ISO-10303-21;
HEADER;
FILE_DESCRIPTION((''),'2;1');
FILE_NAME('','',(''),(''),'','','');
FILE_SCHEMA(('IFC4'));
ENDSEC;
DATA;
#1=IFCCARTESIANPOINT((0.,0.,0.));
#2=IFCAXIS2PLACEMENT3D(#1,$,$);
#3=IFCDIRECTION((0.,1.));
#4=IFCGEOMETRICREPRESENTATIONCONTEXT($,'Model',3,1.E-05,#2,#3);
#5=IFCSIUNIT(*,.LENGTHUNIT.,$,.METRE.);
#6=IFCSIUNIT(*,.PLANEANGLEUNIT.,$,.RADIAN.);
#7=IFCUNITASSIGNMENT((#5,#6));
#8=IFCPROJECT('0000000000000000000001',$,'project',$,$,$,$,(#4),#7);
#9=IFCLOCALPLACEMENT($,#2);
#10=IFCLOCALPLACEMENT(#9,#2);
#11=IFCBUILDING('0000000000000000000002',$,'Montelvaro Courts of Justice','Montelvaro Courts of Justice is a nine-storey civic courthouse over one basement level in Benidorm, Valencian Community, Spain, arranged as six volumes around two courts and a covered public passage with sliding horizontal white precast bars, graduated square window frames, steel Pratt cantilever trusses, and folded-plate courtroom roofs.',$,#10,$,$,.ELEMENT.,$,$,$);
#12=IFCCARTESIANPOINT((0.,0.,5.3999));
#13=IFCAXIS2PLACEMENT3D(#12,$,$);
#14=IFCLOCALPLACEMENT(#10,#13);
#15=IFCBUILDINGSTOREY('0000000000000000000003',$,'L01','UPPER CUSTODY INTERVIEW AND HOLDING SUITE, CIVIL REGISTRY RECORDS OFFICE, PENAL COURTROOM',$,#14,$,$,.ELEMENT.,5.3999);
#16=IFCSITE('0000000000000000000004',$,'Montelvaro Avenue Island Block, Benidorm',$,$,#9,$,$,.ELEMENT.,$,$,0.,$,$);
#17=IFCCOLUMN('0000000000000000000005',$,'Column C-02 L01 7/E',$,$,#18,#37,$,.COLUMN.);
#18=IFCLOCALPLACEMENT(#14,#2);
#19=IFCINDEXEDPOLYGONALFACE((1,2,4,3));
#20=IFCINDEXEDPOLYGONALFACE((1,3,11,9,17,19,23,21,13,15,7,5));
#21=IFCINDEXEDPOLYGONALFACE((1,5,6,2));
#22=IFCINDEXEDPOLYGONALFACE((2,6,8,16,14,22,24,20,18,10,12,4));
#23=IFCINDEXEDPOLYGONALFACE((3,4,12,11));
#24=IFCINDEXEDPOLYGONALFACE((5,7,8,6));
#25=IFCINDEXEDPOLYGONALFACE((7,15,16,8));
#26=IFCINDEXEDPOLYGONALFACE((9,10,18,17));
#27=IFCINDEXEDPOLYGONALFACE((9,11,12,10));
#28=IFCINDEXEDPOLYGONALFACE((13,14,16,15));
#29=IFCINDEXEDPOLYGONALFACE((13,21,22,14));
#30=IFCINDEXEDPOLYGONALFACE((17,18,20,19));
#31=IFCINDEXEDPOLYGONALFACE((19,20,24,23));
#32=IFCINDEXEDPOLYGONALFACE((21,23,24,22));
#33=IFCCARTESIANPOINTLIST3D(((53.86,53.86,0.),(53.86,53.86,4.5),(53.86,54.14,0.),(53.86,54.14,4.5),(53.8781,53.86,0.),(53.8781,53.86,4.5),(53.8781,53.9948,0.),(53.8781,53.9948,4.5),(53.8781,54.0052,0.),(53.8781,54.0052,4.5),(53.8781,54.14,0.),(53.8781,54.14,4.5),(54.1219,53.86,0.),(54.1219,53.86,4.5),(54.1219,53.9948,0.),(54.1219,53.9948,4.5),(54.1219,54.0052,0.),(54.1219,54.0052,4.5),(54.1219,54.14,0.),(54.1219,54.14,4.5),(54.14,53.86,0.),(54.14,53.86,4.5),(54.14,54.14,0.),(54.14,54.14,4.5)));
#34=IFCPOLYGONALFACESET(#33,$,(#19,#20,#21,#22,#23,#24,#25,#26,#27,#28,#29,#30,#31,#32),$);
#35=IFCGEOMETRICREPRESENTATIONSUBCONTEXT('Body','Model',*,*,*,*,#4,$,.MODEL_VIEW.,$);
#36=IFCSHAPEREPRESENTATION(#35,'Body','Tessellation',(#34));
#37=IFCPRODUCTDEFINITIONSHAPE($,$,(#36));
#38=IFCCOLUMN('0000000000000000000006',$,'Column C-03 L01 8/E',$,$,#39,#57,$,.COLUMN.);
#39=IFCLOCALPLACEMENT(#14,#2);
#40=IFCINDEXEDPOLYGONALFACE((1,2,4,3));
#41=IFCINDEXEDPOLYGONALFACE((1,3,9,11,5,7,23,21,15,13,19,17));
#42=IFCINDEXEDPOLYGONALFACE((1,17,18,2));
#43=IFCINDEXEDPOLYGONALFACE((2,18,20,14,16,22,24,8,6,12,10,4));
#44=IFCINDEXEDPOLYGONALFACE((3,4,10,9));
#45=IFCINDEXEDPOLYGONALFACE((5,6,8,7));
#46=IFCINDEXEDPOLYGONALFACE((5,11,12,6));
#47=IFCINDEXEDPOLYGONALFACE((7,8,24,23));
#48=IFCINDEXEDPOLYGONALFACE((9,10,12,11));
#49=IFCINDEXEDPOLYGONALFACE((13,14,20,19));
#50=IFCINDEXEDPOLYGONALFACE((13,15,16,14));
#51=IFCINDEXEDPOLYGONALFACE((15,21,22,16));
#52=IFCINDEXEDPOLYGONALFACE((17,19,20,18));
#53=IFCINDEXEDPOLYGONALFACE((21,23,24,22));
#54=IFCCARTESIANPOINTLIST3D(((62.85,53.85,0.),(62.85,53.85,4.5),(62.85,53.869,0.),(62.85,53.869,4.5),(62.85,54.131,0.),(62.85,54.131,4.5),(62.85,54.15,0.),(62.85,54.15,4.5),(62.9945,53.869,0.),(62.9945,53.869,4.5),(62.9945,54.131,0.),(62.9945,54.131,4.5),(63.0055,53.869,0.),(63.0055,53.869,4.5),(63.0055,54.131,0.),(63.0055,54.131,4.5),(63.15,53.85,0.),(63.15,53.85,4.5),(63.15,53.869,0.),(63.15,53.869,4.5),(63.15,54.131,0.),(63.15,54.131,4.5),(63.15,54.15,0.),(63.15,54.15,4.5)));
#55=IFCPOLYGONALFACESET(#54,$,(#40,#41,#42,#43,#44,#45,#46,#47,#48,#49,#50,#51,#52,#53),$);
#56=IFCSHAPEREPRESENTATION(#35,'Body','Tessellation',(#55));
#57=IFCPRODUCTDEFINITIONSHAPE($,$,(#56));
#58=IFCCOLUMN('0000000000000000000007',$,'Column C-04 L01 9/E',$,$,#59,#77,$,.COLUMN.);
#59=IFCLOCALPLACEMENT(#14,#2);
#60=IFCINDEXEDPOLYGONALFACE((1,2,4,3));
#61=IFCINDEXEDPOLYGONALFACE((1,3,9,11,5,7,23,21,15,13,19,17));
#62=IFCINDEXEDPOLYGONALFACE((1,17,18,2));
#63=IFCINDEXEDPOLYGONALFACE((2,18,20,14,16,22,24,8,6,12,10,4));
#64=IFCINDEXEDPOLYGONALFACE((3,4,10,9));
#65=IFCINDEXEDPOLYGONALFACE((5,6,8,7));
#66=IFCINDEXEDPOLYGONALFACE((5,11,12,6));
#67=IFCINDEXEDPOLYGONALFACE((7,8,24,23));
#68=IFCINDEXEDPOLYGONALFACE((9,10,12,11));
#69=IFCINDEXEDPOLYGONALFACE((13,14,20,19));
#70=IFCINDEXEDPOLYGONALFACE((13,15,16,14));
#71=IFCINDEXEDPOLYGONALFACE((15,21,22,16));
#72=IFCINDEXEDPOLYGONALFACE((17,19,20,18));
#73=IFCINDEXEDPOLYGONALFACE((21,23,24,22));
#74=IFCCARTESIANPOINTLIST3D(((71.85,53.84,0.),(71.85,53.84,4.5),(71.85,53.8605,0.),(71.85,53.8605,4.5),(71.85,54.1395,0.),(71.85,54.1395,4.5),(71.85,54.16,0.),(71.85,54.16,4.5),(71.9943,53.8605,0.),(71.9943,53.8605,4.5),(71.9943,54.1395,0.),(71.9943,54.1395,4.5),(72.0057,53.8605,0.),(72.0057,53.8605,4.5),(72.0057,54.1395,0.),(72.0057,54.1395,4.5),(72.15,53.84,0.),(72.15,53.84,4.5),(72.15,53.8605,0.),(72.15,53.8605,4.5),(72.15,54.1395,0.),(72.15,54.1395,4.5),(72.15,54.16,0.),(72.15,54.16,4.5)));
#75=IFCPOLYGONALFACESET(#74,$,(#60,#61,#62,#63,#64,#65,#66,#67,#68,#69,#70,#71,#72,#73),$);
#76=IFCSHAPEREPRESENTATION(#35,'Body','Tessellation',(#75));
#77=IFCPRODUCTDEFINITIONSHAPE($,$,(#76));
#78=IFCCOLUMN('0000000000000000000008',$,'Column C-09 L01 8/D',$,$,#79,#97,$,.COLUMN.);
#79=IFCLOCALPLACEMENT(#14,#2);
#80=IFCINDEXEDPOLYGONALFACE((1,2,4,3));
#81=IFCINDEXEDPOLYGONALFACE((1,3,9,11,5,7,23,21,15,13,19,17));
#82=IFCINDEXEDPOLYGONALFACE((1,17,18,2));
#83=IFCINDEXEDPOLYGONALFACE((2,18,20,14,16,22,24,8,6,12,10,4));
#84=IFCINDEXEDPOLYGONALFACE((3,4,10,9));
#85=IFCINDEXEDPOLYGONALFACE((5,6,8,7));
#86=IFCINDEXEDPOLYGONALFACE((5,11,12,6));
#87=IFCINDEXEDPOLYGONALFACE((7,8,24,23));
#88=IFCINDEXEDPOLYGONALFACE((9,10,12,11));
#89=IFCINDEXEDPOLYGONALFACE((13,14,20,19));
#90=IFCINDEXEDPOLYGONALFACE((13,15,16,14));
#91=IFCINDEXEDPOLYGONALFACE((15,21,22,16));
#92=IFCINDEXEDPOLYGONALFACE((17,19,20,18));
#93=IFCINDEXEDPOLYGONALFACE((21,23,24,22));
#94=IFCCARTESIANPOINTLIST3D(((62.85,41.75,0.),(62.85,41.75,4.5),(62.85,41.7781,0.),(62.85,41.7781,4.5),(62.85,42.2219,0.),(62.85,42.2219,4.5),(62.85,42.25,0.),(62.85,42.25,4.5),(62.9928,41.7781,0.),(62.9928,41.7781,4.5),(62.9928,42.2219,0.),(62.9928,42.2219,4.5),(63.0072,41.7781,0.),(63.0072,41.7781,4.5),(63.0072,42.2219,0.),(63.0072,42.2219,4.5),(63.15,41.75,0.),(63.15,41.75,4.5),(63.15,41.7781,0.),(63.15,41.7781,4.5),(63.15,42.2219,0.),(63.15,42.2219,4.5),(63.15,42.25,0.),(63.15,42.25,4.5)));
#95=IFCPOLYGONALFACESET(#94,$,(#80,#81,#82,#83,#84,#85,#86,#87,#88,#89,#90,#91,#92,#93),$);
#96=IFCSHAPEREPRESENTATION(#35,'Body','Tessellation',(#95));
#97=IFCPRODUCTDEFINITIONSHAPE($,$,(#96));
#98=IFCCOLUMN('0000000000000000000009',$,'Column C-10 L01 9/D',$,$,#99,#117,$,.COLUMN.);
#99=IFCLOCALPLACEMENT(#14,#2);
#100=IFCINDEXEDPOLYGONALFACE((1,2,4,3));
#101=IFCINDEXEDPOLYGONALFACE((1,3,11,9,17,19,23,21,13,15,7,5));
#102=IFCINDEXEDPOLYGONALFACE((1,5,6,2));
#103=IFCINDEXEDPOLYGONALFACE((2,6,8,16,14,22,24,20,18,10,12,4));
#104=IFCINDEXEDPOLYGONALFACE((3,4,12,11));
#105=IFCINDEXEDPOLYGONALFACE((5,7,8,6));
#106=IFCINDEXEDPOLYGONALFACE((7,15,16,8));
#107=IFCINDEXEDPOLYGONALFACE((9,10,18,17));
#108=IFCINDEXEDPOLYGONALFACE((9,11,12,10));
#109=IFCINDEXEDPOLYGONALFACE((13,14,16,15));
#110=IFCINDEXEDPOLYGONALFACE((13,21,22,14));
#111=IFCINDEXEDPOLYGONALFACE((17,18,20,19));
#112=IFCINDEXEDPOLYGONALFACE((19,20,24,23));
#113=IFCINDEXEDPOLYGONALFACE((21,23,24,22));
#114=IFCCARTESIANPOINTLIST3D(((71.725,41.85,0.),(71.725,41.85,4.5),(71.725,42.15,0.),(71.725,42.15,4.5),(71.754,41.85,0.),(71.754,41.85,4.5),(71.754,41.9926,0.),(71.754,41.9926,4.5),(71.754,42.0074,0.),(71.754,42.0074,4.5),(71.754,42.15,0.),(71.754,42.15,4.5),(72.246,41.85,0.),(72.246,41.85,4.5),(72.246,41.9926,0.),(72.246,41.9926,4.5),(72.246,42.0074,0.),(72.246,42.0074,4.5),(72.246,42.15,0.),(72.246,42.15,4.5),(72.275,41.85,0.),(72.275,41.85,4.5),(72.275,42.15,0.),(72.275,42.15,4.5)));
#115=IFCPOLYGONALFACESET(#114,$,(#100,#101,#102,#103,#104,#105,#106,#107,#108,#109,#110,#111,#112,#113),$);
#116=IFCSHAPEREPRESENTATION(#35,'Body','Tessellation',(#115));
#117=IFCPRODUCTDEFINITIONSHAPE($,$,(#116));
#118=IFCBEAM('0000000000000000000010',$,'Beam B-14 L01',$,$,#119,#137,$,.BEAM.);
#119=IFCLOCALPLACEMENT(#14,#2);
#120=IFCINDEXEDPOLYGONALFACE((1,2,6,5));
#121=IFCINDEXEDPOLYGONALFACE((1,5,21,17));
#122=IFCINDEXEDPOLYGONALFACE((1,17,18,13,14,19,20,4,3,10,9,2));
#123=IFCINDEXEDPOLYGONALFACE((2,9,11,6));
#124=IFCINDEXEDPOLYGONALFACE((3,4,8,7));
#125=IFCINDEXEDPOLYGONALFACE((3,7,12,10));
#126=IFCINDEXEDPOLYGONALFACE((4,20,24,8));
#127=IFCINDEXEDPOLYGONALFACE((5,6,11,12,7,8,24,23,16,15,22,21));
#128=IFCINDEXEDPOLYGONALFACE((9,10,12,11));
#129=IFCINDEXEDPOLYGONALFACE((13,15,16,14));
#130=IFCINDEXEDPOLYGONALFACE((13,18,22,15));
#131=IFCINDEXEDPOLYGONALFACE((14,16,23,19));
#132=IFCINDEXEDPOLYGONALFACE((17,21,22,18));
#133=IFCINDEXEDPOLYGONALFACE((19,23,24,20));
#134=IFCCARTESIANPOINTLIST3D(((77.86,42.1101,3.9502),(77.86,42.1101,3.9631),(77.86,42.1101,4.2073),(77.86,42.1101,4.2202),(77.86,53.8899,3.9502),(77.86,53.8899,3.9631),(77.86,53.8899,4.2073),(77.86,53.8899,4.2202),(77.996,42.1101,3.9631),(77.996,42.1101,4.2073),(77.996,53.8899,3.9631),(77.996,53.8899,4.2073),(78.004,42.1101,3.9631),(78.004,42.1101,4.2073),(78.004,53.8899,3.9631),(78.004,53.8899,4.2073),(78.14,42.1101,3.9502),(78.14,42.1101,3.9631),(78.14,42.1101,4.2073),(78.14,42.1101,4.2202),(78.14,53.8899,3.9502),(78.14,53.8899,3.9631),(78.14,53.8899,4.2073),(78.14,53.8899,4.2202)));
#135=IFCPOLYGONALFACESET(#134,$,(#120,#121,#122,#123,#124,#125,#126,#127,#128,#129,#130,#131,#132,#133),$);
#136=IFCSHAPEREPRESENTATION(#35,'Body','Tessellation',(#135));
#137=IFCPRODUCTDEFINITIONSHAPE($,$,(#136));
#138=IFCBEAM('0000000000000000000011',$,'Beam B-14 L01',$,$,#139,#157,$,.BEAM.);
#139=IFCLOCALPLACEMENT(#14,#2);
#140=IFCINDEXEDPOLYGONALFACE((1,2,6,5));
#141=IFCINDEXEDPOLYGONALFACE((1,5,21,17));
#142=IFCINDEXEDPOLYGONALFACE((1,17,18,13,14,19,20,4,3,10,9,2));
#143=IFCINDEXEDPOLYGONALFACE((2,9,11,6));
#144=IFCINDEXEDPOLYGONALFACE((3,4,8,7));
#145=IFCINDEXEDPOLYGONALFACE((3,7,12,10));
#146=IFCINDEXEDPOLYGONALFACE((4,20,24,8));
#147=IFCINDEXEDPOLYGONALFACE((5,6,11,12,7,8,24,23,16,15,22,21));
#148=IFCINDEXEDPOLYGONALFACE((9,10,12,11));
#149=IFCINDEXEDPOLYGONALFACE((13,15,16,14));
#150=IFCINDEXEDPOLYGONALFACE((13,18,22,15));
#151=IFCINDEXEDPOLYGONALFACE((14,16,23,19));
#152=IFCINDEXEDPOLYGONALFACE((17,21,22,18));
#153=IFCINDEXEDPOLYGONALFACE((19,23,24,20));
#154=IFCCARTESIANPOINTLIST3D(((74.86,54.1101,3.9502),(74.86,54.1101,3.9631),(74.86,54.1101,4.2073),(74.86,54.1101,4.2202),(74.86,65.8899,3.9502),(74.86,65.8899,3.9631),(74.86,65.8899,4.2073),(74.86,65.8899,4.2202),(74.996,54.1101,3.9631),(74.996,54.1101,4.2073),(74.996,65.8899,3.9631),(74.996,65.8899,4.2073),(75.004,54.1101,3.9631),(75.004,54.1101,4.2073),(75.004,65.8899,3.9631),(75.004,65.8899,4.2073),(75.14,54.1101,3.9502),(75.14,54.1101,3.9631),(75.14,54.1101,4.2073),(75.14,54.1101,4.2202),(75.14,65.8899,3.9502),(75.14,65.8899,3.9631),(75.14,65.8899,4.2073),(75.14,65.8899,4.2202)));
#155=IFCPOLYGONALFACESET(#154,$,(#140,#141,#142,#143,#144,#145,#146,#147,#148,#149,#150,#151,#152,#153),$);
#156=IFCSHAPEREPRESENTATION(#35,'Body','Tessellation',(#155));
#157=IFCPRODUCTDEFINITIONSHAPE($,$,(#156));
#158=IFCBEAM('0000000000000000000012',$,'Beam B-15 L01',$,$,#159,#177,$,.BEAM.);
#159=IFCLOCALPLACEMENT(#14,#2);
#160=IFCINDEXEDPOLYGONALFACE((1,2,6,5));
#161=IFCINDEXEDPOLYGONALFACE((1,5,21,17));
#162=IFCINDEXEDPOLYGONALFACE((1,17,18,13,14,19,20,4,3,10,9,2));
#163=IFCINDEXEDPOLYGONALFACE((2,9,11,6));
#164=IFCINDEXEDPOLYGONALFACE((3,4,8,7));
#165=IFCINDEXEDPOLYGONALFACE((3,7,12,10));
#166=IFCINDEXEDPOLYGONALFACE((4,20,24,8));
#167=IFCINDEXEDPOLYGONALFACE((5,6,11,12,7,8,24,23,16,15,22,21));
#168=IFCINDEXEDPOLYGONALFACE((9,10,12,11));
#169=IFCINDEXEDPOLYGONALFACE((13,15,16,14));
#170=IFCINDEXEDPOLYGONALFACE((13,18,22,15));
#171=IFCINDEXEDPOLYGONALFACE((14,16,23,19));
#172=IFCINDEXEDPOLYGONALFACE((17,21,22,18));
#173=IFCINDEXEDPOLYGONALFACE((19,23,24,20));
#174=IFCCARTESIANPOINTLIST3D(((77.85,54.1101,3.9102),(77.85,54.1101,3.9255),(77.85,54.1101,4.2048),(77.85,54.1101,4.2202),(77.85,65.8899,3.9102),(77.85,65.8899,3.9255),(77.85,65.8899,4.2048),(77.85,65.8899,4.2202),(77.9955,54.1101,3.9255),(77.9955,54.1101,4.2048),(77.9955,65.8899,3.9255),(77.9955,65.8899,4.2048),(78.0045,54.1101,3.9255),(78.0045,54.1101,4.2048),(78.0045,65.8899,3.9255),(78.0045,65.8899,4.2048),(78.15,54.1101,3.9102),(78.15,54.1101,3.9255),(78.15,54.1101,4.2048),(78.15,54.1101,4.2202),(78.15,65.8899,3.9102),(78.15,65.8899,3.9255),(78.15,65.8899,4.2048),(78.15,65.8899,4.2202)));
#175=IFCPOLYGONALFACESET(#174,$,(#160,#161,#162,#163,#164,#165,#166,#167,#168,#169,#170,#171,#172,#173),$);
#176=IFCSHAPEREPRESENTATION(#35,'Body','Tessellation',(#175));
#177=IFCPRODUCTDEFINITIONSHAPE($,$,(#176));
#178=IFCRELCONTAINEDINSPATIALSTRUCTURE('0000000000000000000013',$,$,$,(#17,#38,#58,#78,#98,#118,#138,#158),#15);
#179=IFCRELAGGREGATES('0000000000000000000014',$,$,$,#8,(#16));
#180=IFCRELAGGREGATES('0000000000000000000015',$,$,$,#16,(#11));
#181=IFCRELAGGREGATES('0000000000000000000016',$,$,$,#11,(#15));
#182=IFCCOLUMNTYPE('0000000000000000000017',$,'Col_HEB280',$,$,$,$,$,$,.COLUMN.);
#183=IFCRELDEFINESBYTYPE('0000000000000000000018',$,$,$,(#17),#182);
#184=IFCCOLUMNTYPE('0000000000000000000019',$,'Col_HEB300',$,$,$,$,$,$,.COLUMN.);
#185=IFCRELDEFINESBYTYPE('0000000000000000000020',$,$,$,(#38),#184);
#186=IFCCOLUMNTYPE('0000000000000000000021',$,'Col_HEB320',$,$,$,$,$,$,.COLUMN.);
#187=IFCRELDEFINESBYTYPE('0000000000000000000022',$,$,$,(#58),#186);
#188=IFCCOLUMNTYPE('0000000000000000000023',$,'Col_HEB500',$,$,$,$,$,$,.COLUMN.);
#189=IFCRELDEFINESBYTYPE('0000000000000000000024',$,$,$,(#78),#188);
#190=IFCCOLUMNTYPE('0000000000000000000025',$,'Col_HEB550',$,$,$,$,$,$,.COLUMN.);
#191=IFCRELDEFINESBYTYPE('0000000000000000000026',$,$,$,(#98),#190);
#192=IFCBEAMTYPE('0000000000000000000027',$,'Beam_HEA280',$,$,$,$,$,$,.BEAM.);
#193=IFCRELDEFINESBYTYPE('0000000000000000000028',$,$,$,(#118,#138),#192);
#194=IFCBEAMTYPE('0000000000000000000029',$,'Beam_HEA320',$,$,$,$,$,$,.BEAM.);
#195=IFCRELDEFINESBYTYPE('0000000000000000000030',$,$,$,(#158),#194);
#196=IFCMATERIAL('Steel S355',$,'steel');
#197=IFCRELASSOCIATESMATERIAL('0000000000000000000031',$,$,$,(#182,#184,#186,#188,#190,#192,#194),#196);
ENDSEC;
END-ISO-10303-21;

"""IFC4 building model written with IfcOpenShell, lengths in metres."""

from ifc_helpers import new_model, si_unit, direction, frame, origin, origin_2d, place, context, subcontext, project, spatial, i_section, extrude, material, material_profile, profile_set, type_object, element, save


model = new_model("IFC4")

# Units and contexts
model_context = context("Model", 3, precision=1e-05, world=origin(), true_north=direction((0.0, 1.0)))
body_context = subcontext(model_context, "Body", "Model", "MODEL_VIEW")
ifc_project = project(units=[si_unit("LENGTHUNIT", "METRE"), si_unit("PLANEANGLEUNIT", "RADIAN")], contexts=[model_context])

# Site, building, storey
site_placement = place(None, origin())
site = spatial("IfcSite", under=ifc_project, at=site_placement, Name="Montelvaro Avenue Island Block, Benidorm", CompositionType="ELEMENT", RefElevation=0.0)
building_placement = place(site_placement, origin())
building = spatial("IfcBuilding", under=site, at=building_placement, Name="Montelvaro Courts of Justice", Description="Montelvaro Courts of Justice is a nine-storey civic courthouse over one basement level in Benidorm, Valencian Community, Spain, arranged as six volumes around two courts and a covered public passage with sliding horizontal white precast bars, graduated square window frames, steel Pratt cantilever trusses, and folded-plate courtroom roofs.", CompositionType="ELEMENT")
storey_placement = place(building_placement, frame((0.0, 0.0, 5.3999)))
storey = spatial("IfcBuildingStorey", under=building, at=storey_placement, Name="L01", Description="UPPER CUSTODY INTERVIEW AND HOLDING SUITE, CIVIL REGISTRY RECORDS OFFICE, PENAL COURTROOM", CompositionType="ELEMENT", Elevation=5.3999)

# Columns
ifc_material_1 = material(Name="Steel S355", Category="steel")
ifc_material_profile_1 = material_profile(ifc_material_1, i_section(OverallWidth=0.28, OverallDepth=0.28, WebThickness=0.0105, FlangeThickness=0.0181, at=origin_2d()), Name="HEB 280")
ifc_profile_set_1 = profile_set([ifc_material_profile_1], Name="Steel S355")
column_type_1 = type_object("IfcColumnType", Name="Col_HEB280", PredefinedType="COLUMN", material=ifc_profile_set_1)
column_1_placement = place(storey_placement, frame((54.0, 54.0, 0.0), z_axis=(0.0, 0.0, 1.0), x_axis=(0.0, 1.0, 0.0)))
element("IfcColumn", 1, at=column_1_placement, inside=storey, type_object=column_type_1, Name="Column C-02 L01 7/E", PredefinedType="COLUMN", context=body_context, shape_type="SweptSolid", body=[
    extrude(i_section(OverallWidth=0.28, OverallDepth=0.28, WebThickness=0.0105, FlangeThickness=0.0181, at=origin_2d()), origin(), (0.0, 0.0, 1.0), 4.5),
])
ifc_material_profile_2 = material_profile(ifc_material_1, i_section(OverallWidth=0.3, OverallDepth=0.3, WebThickness=0.011, FlangeThickness=0.019, at=origin_2d()), Name="HEB 300")
ifc_profile_set_2 = profile_set([ifc_material_profile_2], Name="Steel S355")
column_type_2 = type_object("IfcColumnType", Name="Col_HEB300", PredefinedType="COLUMN", material=ifc_profile_set_2)
column_2_placement = place(storey_placement, frame((63.0, 54.0, 0.0), z_axis=(0.0, 0.0, 1.0), x_axis=(1.0, 0.0, 0.0)))
element("IfcColumn", 2, at=column_2_placement, inside=storey, type_object=column_type_2, Name="Column C-03 L01 8/E", PredefinedType="COLUMN", context=body_context, shape_type="SweptSolid", body=[
    extrude(i_section(OverallWidth=0.3, OverallDepth=0.3, WebThickness=0.011, FlangeThickness=0.019, at=origin_2d()), origin(), (0.0, 0.0, 1.0), 4.5),
])
ifc_material_profile_3 = material_profile(ifc_material_1, i_section(OverallWidth=0.3, OverallDepth=0.3201, WebThickness=0.0115, FlangeThickness=0.0205, at=origin_2d()), Name="HEB 320")
ifc_profile_set_3 = profile_set([ifc_material_profile_3], Name="Steel S355")
column_type_3 = type_object("IfcColumnType", Name="Col_HEB320", PredefinedType="COLUMN", material=ifc_profile_set_3)
column_3_placement = place(storey_placement, frame((72.0, 54.0, 0.0), z_axis=(0.0, 0.0, 1.0), x_axis=(1.0, 0.0, 0.0)))
element("IfcColumn", 3, at=column_3_placement, inside=storey, type_object=column_type_3, Name="Column C-04 L01 9/E", PredefinedType="COLUMN", context=body_context, shape_type="SweptSolid", body=[
    extrude(i_section(OverallWidth=0.3, OverallDepth=0.3201, WebThickness=0.0115, FlangeThickness=0.0205, at=origin_2d()), origin(), (0.0, 0.0, 1.0), 4.5),
])
ifc_material_profile_4 = material_profile(ifc_material_1, i_section(OverallWidth=0.3, OverallDepth=0.5, WebThickness=0.0144, FlangeThickness=0.0281, at=origin_2d()), Name="HEB 500")
ifc_profile_set_4 = profile_set([ifc_material_profile_4], Name="Steel S355")
column_type_4 = type_object("IfcColumnType", Name="Col_HEB500", PredefinedType="COLUMN", material=ifc_profile_set_4)
column_4_placement = place(storey_placement, frame((63.0, 42.0, 0.0), z_axis=(0.0, 0.0, 1.0), x_axis=(1.0, 0.0, 0.0)))
element("IfcColumn", 4, at=column_4_placement, inside=storey, type_object=column_type_4, Name="Column C-09 L01 8/D", PredefinedType="COLUMN", context=body_context, shape_type="SweptSolid", body=[
    extrude(i_section(OverallWidth=0.3, OverallDepth=0.5, WebThickness=0.0144, FlangeThickness=0.0281, at=origin_2d()), origin(), (0.0, 0.0, 1.0), 4.5),
])
ifc_material_profile_5 = material_profile(ifc_material_1, i_section(OverallWidth=0.3, OverallDepth=0.55, WebThickness=0.0149, FlangeThickness=0.0291, at=origin_2d()), Name="HEB 550")
ifc_profile_set_5 = profile_set([ifc_material_profile_5], Name="Steel S355")
column_type_5 = type_object("IfcColumnType", Name="Col_HEB550", PredefinedType="COLUMN", material=ifc_profile_set_5)
column_5_placement = place(storey_placement, frame((72.0, 42.0, 0.0), z_axis=(0.0, 0.0, 1.0), x_axis=(0.0, 1.0, 0.0)))
element("IfcColumn", 5, at=column_5_placement, inside=storey, type_object=column_type_5, Name="Column C-10 L01 9/D", PredefinedType="COLUMN", context=body_context, shape_type="SweptSolid", body=[
    extrude(i_section(OverallWidth=0.3, OverallDepth=0.55, WebThickness=0.0149, FlangeThickness=0.0291, at=origin_2d()), origin(), (0.0, 0.0, 1.0), 4.5),
])

# Beams
ifc_material_profile_6 = material_profile(ifc_material_1, i_section(OverallWidth=0.28, OverallDepth=0.27, WebThickness=0.0081, FlangeThickness=0.0129, at=origin_2d()), Name="HEA 280")
ifc_profile_set_6 = profile_set([ifc_material_profile_6], Name="Steel S355")
beam_type_1 = type_object("IfcBeamType", Name="Beam_HEA280", PredefinedType="BEAM", material=ifc_profile_set_6)
for number, where, z_axis, x_axis, name in (
    (6, (78.0, 42.1101, 4.0852), (0.0, 1.0, 0.0), (-1.0, 0.0, 0.0), "Beam B-14 L01"),
    (7, (75.0, 54.1101, 4.0852), (0.0, 1.0, 0.0), (-1.0, 0.0, 0.0), "Beam B-14 L01"),
):
    element("IfcBeam", number, at=place(storey_placement, frame(where, z_axis=z_axis, x_axis=x_axis)), inside=storey, type_object=beam_type_1, Name=name, PredefinedType="BEAM", context=body_context, shape_type="SweptSolid", body=[
        extrude(i_section(OverallWidth=0.28, OverallDepth=0.27, WebThickness=0.0081, FlangeThickness=0.0129, at=origin_2d()), origin(), (0.0, 0.0, 1.0), 11.7798),
    ])
ifc_material_profile_7 = material_profile(ifc_material_1, i_section(OverallWidth=0.3, OverallDepth=0.3101, WebThickness=0.009, FlangeThickness=0.0154, at=origin_2d()), Name="HEA 320")
ifc_profile_set_7 = profile_set([ifc_material_profile_7], Name="Steel S355")
beam_type_2 = type_object("IfcBeamType", Name="Beam_HEA320", PredefinedType="BEAM", material=ifc_profile_set_7)
beam_1_placement = place(storey_placement, frame((78.0, 54.1101, 4.0652), z_axis=(0.0, 1.0, 0.0), x_axis=(-1.0, 0.0, 0.0)))
element("IfcBeam", 8, at=beam_1_placement, inside=storey, type_object=beam_type_2, Name="Beam B-15 L01", PredefinedType="BEAM", context=body_context, shape_type="SweptSolid", body=[
    extrude(i_section(OverallWidth=0.3, OverallDepth=0.3101, WebThickness=0.009, FlangeThickness=0.0154, at=origin_2d()), origin(), (0.0, 0.0, 1.0), 11.7798),
])

save(model, "model.ifc")
